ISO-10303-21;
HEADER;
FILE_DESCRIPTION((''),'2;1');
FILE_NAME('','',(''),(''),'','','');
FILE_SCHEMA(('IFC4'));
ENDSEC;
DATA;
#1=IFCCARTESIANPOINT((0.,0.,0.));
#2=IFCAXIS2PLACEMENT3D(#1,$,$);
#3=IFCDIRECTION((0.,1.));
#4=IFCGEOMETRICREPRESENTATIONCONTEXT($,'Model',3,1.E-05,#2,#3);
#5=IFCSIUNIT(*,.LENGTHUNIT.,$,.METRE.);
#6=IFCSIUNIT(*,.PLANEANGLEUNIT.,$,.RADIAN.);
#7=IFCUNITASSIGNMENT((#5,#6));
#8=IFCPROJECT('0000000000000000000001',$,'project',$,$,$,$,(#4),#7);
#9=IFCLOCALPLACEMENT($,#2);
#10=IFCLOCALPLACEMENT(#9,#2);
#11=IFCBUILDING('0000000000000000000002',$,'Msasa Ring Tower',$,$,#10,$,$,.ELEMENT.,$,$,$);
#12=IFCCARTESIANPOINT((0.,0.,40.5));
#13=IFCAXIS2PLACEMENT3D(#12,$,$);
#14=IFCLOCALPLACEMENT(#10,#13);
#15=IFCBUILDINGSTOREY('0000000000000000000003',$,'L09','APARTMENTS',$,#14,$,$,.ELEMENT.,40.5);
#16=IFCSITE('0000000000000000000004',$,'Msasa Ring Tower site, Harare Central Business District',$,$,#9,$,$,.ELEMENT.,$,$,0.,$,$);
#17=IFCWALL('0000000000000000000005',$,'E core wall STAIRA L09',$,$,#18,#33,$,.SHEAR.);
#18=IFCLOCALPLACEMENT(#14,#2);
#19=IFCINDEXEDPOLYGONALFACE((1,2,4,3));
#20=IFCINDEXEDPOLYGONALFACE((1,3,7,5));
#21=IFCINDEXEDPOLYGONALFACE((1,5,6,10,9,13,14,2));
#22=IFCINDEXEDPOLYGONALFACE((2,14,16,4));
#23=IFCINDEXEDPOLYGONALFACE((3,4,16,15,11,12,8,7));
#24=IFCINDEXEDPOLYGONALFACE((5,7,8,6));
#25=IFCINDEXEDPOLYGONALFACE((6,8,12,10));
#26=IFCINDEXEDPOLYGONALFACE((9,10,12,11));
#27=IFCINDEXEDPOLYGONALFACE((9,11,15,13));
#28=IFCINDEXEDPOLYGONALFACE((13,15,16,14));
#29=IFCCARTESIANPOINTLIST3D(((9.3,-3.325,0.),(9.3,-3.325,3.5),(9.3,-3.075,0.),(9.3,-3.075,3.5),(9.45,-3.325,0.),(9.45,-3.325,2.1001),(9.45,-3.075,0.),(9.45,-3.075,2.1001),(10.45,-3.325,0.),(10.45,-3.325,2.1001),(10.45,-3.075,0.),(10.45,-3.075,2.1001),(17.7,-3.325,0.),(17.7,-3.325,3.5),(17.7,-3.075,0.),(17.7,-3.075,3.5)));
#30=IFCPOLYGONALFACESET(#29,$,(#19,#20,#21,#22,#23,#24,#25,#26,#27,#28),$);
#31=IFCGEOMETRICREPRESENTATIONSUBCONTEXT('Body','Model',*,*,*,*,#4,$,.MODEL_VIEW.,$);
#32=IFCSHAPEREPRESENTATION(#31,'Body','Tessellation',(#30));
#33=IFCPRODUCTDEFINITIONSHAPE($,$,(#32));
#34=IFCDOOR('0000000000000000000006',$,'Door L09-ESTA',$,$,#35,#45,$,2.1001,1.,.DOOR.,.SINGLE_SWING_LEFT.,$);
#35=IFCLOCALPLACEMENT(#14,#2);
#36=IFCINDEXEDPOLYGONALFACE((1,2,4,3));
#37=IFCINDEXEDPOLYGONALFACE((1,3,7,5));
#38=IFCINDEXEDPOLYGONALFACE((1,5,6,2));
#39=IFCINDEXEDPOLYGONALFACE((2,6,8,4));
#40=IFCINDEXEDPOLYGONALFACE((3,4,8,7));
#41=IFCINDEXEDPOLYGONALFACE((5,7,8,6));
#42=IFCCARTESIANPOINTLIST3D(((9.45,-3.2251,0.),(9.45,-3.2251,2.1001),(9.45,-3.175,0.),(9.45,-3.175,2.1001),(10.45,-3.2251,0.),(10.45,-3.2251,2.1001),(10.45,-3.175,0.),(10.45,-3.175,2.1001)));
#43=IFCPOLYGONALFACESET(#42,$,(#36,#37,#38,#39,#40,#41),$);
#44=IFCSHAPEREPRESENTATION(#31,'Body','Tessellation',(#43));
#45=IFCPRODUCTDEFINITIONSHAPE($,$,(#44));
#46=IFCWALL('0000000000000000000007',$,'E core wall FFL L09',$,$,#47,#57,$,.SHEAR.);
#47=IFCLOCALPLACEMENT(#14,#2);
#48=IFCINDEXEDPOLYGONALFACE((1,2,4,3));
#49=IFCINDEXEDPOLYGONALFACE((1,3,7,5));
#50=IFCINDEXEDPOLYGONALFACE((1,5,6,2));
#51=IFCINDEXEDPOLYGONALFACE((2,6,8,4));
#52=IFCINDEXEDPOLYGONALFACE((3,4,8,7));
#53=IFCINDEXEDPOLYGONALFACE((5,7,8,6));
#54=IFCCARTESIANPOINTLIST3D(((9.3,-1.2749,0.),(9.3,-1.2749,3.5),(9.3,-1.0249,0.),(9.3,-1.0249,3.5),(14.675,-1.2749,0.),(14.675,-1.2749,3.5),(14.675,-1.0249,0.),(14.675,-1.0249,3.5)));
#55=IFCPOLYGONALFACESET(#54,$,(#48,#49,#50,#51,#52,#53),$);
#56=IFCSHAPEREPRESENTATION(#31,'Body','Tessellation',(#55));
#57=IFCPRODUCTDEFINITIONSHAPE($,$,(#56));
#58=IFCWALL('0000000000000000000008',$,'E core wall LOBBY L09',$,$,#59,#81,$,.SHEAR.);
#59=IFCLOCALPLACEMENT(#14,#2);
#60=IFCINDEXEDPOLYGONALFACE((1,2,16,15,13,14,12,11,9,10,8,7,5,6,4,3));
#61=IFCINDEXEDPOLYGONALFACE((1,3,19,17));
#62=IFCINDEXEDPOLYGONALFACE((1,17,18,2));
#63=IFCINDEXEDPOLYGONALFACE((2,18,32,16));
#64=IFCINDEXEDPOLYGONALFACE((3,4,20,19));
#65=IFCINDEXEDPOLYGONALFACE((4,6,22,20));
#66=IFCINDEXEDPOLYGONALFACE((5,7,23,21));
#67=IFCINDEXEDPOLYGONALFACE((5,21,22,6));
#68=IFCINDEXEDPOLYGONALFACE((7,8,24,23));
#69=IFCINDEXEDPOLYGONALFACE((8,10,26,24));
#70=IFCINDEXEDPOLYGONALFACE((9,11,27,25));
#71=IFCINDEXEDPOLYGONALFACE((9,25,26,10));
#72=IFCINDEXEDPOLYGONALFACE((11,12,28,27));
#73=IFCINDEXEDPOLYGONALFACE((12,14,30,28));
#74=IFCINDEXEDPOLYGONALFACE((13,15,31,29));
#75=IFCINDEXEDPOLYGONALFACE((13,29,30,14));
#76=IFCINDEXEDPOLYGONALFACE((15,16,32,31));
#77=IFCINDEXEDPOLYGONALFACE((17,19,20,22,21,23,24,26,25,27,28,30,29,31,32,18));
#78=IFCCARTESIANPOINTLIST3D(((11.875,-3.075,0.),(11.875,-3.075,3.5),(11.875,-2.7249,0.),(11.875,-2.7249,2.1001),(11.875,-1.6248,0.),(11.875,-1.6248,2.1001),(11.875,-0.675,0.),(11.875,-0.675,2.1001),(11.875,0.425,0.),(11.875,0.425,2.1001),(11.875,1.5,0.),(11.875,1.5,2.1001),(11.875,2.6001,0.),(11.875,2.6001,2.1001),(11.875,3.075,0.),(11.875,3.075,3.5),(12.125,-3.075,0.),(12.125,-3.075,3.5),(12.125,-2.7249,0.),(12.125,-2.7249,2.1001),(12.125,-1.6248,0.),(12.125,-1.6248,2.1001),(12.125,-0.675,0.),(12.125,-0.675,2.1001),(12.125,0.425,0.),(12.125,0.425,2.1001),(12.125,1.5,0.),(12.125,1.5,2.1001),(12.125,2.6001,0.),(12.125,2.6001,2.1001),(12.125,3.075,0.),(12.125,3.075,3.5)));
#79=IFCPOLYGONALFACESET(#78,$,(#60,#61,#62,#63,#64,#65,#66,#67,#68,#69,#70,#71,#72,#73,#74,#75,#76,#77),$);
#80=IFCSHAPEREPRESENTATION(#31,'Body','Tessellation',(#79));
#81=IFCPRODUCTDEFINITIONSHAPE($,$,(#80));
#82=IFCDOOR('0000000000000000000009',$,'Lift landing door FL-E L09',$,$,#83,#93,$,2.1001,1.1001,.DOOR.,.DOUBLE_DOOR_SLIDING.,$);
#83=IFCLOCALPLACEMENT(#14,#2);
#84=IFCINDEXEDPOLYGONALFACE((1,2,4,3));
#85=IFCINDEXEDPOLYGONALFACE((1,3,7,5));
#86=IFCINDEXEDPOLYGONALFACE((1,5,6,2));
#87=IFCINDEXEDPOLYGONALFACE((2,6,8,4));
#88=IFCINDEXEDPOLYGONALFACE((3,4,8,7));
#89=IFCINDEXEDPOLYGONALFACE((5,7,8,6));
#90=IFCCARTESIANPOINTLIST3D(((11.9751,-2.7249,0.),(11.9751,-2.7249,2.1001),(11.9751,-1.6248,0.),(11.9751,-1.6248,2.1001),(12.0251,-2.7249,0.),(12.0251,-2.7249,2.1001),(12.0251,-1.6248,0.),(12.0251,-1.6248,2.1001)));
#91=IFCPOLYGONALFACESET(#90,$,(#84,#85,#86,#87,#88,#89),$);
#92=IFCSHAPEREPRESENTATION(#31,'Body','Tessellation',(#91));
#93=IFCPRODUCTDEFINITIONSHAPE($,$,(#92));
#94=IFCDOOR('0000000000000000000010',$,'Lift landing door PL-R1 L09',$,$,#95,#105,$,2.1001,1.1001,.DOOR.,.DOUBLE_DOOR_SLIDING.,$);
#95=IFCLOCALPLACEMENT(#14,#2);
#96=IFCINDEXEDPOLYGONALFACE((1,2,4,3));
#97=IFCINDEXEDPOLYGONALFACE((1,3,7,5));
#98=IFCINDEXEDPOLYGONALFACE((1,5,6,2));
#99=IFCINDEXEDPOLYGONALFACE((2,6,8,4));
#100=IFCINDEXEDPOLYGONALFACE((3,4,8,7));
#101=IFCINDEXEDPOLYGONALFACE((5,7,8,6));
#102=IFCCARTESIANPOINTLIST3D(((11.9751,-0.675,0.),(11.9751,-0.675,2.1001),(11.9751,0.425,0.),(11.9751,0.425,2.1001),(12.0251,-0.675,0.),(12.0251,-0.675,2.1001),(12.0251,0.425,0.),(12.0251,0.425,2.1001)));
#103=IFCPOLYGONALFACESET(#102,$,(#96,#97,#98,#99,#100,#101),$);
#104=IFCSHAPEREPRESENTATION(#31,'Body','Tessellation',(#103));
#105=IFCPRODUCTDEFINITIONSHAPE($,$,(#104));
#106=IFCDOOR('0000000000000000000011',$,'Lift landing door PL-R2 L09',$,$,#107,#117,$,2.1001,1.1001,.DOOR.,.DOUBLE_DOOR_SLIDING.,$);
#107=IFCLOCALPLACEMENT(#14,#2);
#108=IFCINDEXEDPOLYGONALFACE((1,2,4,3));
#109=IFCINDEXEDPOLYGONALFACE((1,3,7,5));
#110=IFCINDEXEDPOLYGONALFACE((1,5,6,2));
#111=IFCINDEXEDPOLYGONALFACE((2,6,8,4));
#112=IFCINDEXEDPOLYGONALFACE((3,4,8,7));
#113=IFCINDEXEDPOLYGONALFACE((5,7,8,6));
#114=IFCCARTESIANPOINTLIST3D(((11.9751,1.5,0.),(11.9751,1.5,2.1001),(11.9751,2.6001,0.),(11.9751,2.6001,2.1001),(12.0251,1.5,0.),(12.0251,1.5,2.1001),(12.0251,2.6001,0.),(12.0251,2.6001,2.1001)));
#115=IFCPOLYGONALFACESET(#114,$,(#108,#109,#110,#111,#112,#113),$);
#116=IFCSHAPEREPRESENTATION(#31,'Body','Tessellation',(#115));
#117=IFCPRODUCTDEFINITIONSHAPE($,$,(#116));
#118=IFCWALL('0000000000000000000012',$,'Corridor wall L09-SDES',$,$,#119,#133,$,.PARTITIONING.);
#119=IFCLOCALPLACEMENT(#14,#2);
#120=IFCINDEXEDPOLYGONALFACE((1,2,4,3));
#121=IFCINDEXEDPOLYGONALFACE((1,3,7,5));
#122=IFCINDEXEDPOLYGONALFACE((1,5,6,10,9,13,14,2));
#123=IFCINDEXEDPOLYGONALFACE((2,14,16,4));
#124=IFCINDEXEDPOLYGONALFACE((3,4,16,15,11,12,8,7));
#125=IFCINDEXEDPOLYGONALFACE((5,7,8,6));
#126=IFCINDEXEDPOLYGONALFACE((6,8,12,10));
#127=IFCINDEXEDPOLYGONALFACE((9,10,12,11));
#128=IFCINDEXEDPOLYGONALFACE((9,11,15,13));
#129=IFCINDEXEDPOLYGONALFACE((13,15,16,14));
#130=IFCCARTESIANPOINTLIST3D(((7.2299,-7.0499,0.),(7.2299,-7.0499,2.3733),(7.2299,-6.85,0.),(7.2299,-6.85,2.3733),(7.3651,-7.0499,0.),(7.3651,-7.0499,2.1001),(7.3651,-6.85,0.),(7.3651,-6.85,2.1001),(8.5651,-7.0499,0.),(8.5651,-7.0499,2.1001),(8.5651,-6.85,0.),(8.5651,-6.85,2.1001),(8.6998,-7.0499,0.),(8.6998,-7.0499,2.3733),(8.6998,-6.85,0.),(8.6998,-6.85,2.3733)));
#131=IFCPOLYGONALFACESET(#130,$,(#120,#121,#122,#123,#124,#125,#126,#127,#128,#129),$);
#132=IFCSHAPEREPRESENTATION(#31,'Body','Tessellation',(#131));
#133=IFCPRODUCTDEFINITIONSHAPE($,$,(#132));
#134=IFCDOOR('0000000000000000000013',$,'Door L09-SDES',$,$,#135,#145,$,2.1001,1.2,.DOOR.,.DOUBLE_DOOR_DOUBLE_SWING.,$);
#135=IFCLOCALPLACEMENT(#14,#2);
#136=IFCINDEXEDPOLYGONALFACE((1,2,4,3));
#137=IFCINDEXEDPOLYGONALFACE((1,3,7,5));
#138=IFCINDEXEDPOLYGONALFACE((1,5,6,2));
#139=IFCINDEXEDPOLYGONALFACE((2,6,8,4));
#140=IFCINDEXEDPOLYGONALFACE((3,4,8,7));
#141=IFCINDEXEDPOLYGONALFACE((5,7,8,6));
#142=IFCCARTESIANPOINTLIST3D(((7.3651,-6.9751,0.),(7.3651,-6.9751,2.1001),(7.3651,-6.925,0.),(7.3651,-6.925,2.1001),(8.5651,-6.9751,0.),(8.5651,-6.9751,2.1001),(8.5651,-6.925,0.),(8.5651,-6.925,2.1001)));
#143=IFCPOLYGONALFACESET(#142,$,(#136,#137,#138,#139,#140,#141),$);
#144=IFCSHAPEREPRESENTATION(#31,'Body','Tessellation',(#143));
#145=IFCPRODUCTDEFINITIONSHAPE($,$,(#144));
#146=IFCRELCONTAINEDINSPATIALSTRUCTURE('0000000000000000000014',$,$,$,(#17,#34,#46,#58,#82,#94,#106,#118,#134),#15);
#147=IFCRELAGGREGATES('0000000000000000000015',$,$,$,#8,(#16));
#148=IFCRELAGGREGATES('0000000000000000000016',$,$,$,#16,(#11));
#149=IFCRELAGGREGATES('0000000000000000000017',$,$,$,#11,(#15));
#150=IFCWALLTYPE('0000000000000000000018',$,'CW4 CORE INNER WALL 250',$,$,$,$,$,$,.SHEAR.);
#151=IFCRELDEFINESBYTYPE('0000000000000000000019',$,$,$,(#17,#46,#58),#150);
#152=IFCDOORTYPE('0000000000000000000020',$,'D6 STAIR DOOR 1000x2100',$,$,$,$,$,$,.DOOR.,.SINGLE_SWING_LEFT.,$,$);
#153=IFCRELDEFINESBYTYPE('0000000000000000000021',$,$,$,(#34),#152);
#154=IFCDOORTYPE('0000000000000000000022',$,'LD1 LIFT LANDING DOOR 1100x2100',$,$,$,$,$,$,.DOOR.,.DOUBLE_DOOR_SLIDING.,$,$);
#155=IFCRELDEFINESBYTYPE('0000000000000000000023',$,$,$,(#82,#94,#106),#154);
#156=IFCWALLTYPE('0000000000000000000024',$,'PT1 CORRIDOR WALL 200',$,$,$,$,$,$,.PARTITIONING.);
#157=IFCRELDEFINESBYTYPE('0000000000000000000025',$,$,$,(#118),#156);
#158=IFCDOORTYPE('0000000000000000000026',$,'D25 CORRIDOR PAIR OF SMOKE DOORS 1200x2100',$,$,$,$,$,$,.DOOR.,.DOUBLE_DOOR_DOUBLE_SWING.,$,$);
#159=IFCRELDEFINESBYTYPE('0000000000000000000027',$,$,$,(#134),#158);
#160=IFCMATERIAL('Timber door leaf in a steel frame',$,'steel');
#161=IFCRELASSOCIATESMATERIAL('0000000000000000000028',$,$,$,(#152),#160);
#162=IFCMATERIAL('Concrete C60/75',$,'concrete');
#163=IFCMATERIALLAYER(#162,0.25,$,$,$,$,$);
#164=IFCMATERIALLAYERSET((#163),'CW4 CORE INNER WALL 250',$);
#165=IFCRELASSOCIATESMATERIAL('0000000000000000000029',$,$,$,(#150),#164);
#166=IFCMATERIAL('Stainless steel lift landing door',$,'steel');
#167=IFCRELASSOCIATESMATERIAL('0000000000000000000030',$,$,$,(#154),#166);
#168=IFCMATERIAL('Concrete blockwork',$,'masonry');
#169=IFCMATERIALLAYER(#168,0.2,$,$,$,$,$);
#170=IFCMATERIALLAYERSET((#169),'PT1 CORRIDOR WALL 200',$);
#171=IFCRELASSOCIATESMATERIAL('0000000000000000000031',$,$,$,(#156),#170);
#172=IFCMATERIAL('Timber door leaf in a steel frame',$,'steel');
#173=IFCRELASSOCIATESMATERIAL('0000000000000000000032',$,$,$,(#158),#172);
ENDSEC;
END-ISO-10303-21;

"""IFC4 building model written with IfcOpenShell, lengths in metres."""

from ifc_helpers import new_model, si_unit, direction, frame, frame_2d, origin, place, context, subcontext, project, spatial, rectangle, extrude, material, layer, layer_set, type_object, element, fill, save


model = new_model("IFC4")

# Units and contexts
model_context = context("Model", 3, precision=1e-05, world=origin(), true_north=direction((0.0, 1.0)))
body_context = subcontext(model_context, "Body", "Model", "MODEL_VIEW")
ifc_project = project(units=[si_unit("LENGTHUNIT", "METRE"), si_unit("PLANEANGLEUNIT", "RADIAN")], contexts=[model_context])

# Site, building, storey
site_placement = place(None, origin())
site = spatial("IfcSite", under=ifc_project, at=site_placement, Name="Msasa Ring Tower site, Harare Central Business District", CompositionType="ELEMENT", RefElevation=0.0)
building_placement = place(site_placement, origin())
building = spatial("IfcBuilding", under=site, at=building_placement, Name="Msasa Ring Tower", CompositionType="ELEMENT")
storey_placement = place(building_placement, frame((0.0, 0.0, 40.5)))
storey = spatial("IfcBuildingStorey", under=building, at=storey_placement, Name="L09", Description="APARTMENTS", CompositionType="ELEMENT", Elevation=40.5)

# Shared definitions
ifc_material_1 = material(Name="Timber door leaf in a steel frame", Category="steel")
door_type_1 = type_object("IfcDoorType", Name="D6 STAIR DOOR 1000x2100", OperationType="SINGLE_SWING_LEFT", PredefinedType="DOOR", material=ifc_material_1)

# Wall, opening, door
ifc_material_2 = material(Name="Concrete C60/75", Category="concrete")
ifc_layer_1 = layer(ifc_material_2, 0.25)
ifc_layer_set_1 = layer_set([ifc_layer_1], Name="CW4 CORE INNER WALL 250")
wall_type_1 = type_object("IfcWallType", Name="CW4 CORE INNER WALL 250", PredefinedType="SHEAR", material=ifc_layer_set_1)
wall_1_placement = place(storey_placement, frame((9.3, -3.2, 0.0), z_axis=(0.0, 0.0, 1.0), x_axis=(1.0, 0.0, 0.0)))
wall_1 = element("IfcWall", 1, at=wall_1_placement, inside=storey, type_object=wall_type_1, Name="E core wall STAIRA L09", PredefinedType="SHEAR", context=body_context, shape_type="SweptSolid", body=[
    extrude(rectangle(XDim=8.3999, YDim=0.25, at=frame_2d((4.2, 0.0))), origin(), (0.0, 0.0, 1.0), 3.5),
])
opening_1_placement = place(wall_1_placement, frame((0.1499, 0.0, 0.0)))
opening_1 = element("IfcOpeningElement", 2, at=opening_1_placement, cuts=wall_1, PredefinedType="OPENING", context=body_context, shape_type="SweptSolid", body=[
    extrude(rectangle(XDim=1.0, YDim=2.1001, at=frame_2d((0.5, 1.05))), frame((0.0, 0.135, 0.0), z_axis=(0.0, -1.0, 0.0), x_axis=(1.0, 0.0, 0.0)), (0.0, 0.0, 1.0), 0.27),
])
door_1_placement = place(opening_1_placement, origin())
door_1 = element("IfcDoor", 3, at=door_1_placement, inside=storey, type_object=door_type_1, Name="Door L09-ESTA", OperationType="SINGLE_SWING_LEFT", OverallHeight=2.1001, OverallWidth=1.0, PredefinedType="DOOR", context=body_context, shape_type="SweptSolid", body=[
    extrude(rectangle(XDim=1.0, YDim=2.1001, at=frame_2d((0.5, 1.05))), frame((0.0, 0.0249, 0.0), z_axis=(0.0, -1.0, 0.0), x_axis=(1.0, 0.0, 0.0)), (0.0, 0.0, 1.0), 0.05),
])
fill(opening_1, door_1)

# Wall
wall_2_placement = place(storey_placement, frame((9.3, -1.1499, 0.0), z_axis=(0.0, 0.0, 1.0), x_axis=(1.0, 0.0, 0.0)))
element("IfcWall", 4, at=wall_2_placement, inside=storey, type_object=wall_type_1, Name="E core wall FFL L09", PredefinedType="SHEAR", context=body_context, shape_type="SweptSolid", body=[
    extrude(rectangle(XDim=5.375, YDim=0.25, at=frame_2d((2.6875, 0.0))), origin(), (0.0, 0.0, 1.0), 3.5),
])

# Wall, openings, doors
wall_3_placement = place(storey_placement, frame((12.0, -3.075, 0.0), z_axis=(0.0, 0.0, 1.0), x_axis=(0.0, 1.0, 0.0)))
wall_3 = element("IfcWall", 5, at=wall_3_placement, inside=storey, type_object=wall_type_1, Name="E core wall LOBBY L09", PredefinedType="SHEAR", context=body_context, shape_type="SweptSolid", body=[
    extrude(rectangle(XDim=6.1499, YDim=0.25, at=frame_2d((3.075, 0.0))), origin(), (0.0, 0.0, 1.0), 3.5),
])
opening_2_placement = place(wall_3_placement, frame((0.3501, 0.0, 0.0)))
opening_2 = element("IfcOpeningElement", 6, at=opening_2_placement, cuts=wall_3, PredefinedType="OPENING", context=body_context, shape_type="SweptSolid", body=[
    extrude(rectangle(XDim=1.1001, YDim=2.1001, at=frame_2d((0.55, 1.05))), frame((0.0, 0.135, 0.0), z_axis=(0.0, -1.0, 0.0), x_axis=(1.0, 0.0, 0.0)), (0.0, 0.0, 1.0), 0.27),
])
opening_3_placement = place(wall_3_placement, frame((2.3999, 0.0, 0.0)))
opening_3 = element("IfcOpeningElement", 7, at=opening_3_placement, cuts=wall_3, PredefinedType="OPENING", context=body_context, shape_type="SweptSolid", body=[
    extrude(rectangle(XDim=1.1001, YDim=2.1001, at=frame_2d((0.55, 1.05))), frame((0.0, 0.135, 0.0), z_axis=(0.0, -1.0, 0.0), x_axis=(1.0, 0.0, 0.0)), (0.0, 0.0, 1.0), 0.27),
])
opening_4_placement = place(wall_3_placement, frame((4.575, 0.0, 0.0)))
opening_4 = element("IfcOpeningElement", 8, at=opening_4_placement, cuts=wall_3, PredefinedType="OPENING", context=body_context, shape_type="SweptSolid", body=[
    extrude(rectangle(XDim=1.1001, YDim=2.1001, at=frame_2d((0.55, 1.05))), frame((0.0, 0.135, 0.0), z_axis=(0.0, -1.0, 0.0), x_axis=(1.0, 0.0, 0.0)), (0.0, 0.0, 1.0), 0.27),
])
ifc_material_3 = material(Name="Stainless steel lift landing door", Category="steel")
door_type_2 = type_object("IfcDoorType", Name="LD1 LIFT LANDING DOOR 1100x2100", OperationType="DOUBLE_DOOR_SLIDING", PredefinedType="DOOR", material=ifc_material_3)
door_2_placement = place(opening_2_placement, origin())
door_2 = element("IfcDoor", 9, at=door_2_placement, inside=storey, type_object=door_type_2, Name="Lift landing door FL-E L09", OperationType="DOUBLE_DOOR_SLIDING", OverallHeight=2.1001, OverallWidth=1.1001, PredefinedType="DOOR", context=body_context, shape_type="SweptSolid", body=[
    extrude(rectangle(XDim=1.1001, YDim=2.1001, at=frame_2d((0.55, 1.05))), frame((0.0, 0.0249, 0.0), z_axis=(0.0, -1.0, 0.0), x_axis=(1.0, 0.0, 0.0)), (0.0, 0.0, 1.0), 0.05),
])
fill(opening_2, door_2)
door_3_placement = place(opening_3_placement, origin())
door_3 = element("IfcDoor", 10, at=door_3_placement, inside=storey, type_object=door_type_2, Name="Lift landing door PL-R1 L09", OperationType="DOUBLE_DOOR_SLIDING", OverallHeight=2.1001, OverallWidth=1.1001, PredefinedType="DOOR", context=body_context, shape_type="SweptSolid", body=[
    extrude(rectangle(XDim=1.1001, YDim=2.1001, at=frame_2d((0.55, 1.05))), frame((0.0, 0.0249, 0.0), z_axis=(0.0, -1.0, 0.0), x_axis=(1.0, 0.0, 0.0)), (0.0, 0.0, 1.0), 0.05),
])
fill(opening_3, door_3)
door_4_placement = place(opening_4_placement, origin())
door_4 = element("IfcDoor", 11, at=door_4_placement, inside=storey, type_object=door_type_2, Name="Lift landing door PL-R2 L09", OperationType="DOUBLE_DOOR_SLIDING", OverallHeight=2.1001, OverallWidth=1.1001, PredefinedType="DOOR", context=body_context, shape_type="SweptSolid", body=[
    extrude(rectangle(XDim=1.1001, YDim=2.1001, at=frame_2d((0.55, 1.05))), frame((0.0, 0.0249, 0.0), z_axis=(0.0, -1.0, 0.0), x_axis=(1.0, 0.0, 0.0)), (0.0, 0.0, 1.0), 0.05),
])
fill(opening_4, door_4)

# Wall, opening, door
ifc_material_4 = material(Name="Concrete blockwork", Category="masonry")
ifc_layer_2 = layer(ifc_material_4, 0.2)
ifc_layer_set_2 = layer_set([ifc_layer_2], Name="PT1 CORRIDOR WALL 200")
wall_type_2 = type_object("IfcWallType", Name="PT1 CORRIDOR WALL 200", PredefinedType="PARTITIONING", material=ifc_layer_set_2)
wall_4_placement = place(storey_placement, frame((7.23, -6.95, 0.0), z_axis=(0.0, 0.0, 1.0), x_axis=(1.0, 0.0, 0.0)))
wall_4 = element("IfcWall", 12, at=wall_4_placement, inside=storey, type_object=wall_type_2, Name="Corridor wall L09-SDES", PredefinedType="PARTITIONING", context=body_context, shape_type="SweptSolid", body=[
    extrude(rectangle(XDim=1.47, YDim=0.2, at=frame_2d((0.7349, 0.0))), origin(), (0.0, 0.0, 1.0), 2.3733),
])
opening_5_placement = place(wall_4_placement, frame((0.135, 0.0, 0.0)))
opening_5 = element("IfcOpeningElement", 13, at=opening_5_placement, cuts=wall_4, PredefinedType="OPENING", context=body_context, shape_type="SweptSolid", body=[
    extrude(rectangle(XDim=1.2, YDim=2.1001, at=frame_2d((0.6001, 1.05))), frame((0.0, 0.1099, 0.0), z_axis=(0.0, -1.0, 0.0), x_axis=(1.0, 0.0, 0.0)), (0.0, 0.0, 1.0), 0.22),
])
ifc_material_5 = material(Name="Timber door leaf in a steel frame", Category="steel")
door_type_3 = type_object("IfcDoorType", Name="D25 CORRIDOR PAIR OF SMOKE DOORS 1200x2100", OperationType="DOUBLE_DOOR_DOUBLE_SWING", PredefinedType="DOOR", material=ifc_material_5)
door_5_placement = place(opening_5_placement, origin())
door_5 = element("IfcDoor", 14, at=door_5_placement, inside=storey, type_object=door_type_3, Name="Door L09-SDES", OperationType="DOUBLE_DOOR_DOUBLE_SWING", OverallHeight=2.1001, OverallWidth=1.2, PredefinedType="DOOR", context=body_context, shape_type="SweptSolid", body=[
    extrude(rectangle(XDim=1.2, YDim=2.1001, at=frame_2d((0.6001, 1.05))), frame((0.0, 0.0249, 0.0), z_axis=(0.0, -1.0, 0.0), x_axis=(1.0, 0.0, 0.0)), (0.0, 0.0, 1.0), 0.05),
])
fill(opening_5, door_5)

save(model, "model.ifc")
